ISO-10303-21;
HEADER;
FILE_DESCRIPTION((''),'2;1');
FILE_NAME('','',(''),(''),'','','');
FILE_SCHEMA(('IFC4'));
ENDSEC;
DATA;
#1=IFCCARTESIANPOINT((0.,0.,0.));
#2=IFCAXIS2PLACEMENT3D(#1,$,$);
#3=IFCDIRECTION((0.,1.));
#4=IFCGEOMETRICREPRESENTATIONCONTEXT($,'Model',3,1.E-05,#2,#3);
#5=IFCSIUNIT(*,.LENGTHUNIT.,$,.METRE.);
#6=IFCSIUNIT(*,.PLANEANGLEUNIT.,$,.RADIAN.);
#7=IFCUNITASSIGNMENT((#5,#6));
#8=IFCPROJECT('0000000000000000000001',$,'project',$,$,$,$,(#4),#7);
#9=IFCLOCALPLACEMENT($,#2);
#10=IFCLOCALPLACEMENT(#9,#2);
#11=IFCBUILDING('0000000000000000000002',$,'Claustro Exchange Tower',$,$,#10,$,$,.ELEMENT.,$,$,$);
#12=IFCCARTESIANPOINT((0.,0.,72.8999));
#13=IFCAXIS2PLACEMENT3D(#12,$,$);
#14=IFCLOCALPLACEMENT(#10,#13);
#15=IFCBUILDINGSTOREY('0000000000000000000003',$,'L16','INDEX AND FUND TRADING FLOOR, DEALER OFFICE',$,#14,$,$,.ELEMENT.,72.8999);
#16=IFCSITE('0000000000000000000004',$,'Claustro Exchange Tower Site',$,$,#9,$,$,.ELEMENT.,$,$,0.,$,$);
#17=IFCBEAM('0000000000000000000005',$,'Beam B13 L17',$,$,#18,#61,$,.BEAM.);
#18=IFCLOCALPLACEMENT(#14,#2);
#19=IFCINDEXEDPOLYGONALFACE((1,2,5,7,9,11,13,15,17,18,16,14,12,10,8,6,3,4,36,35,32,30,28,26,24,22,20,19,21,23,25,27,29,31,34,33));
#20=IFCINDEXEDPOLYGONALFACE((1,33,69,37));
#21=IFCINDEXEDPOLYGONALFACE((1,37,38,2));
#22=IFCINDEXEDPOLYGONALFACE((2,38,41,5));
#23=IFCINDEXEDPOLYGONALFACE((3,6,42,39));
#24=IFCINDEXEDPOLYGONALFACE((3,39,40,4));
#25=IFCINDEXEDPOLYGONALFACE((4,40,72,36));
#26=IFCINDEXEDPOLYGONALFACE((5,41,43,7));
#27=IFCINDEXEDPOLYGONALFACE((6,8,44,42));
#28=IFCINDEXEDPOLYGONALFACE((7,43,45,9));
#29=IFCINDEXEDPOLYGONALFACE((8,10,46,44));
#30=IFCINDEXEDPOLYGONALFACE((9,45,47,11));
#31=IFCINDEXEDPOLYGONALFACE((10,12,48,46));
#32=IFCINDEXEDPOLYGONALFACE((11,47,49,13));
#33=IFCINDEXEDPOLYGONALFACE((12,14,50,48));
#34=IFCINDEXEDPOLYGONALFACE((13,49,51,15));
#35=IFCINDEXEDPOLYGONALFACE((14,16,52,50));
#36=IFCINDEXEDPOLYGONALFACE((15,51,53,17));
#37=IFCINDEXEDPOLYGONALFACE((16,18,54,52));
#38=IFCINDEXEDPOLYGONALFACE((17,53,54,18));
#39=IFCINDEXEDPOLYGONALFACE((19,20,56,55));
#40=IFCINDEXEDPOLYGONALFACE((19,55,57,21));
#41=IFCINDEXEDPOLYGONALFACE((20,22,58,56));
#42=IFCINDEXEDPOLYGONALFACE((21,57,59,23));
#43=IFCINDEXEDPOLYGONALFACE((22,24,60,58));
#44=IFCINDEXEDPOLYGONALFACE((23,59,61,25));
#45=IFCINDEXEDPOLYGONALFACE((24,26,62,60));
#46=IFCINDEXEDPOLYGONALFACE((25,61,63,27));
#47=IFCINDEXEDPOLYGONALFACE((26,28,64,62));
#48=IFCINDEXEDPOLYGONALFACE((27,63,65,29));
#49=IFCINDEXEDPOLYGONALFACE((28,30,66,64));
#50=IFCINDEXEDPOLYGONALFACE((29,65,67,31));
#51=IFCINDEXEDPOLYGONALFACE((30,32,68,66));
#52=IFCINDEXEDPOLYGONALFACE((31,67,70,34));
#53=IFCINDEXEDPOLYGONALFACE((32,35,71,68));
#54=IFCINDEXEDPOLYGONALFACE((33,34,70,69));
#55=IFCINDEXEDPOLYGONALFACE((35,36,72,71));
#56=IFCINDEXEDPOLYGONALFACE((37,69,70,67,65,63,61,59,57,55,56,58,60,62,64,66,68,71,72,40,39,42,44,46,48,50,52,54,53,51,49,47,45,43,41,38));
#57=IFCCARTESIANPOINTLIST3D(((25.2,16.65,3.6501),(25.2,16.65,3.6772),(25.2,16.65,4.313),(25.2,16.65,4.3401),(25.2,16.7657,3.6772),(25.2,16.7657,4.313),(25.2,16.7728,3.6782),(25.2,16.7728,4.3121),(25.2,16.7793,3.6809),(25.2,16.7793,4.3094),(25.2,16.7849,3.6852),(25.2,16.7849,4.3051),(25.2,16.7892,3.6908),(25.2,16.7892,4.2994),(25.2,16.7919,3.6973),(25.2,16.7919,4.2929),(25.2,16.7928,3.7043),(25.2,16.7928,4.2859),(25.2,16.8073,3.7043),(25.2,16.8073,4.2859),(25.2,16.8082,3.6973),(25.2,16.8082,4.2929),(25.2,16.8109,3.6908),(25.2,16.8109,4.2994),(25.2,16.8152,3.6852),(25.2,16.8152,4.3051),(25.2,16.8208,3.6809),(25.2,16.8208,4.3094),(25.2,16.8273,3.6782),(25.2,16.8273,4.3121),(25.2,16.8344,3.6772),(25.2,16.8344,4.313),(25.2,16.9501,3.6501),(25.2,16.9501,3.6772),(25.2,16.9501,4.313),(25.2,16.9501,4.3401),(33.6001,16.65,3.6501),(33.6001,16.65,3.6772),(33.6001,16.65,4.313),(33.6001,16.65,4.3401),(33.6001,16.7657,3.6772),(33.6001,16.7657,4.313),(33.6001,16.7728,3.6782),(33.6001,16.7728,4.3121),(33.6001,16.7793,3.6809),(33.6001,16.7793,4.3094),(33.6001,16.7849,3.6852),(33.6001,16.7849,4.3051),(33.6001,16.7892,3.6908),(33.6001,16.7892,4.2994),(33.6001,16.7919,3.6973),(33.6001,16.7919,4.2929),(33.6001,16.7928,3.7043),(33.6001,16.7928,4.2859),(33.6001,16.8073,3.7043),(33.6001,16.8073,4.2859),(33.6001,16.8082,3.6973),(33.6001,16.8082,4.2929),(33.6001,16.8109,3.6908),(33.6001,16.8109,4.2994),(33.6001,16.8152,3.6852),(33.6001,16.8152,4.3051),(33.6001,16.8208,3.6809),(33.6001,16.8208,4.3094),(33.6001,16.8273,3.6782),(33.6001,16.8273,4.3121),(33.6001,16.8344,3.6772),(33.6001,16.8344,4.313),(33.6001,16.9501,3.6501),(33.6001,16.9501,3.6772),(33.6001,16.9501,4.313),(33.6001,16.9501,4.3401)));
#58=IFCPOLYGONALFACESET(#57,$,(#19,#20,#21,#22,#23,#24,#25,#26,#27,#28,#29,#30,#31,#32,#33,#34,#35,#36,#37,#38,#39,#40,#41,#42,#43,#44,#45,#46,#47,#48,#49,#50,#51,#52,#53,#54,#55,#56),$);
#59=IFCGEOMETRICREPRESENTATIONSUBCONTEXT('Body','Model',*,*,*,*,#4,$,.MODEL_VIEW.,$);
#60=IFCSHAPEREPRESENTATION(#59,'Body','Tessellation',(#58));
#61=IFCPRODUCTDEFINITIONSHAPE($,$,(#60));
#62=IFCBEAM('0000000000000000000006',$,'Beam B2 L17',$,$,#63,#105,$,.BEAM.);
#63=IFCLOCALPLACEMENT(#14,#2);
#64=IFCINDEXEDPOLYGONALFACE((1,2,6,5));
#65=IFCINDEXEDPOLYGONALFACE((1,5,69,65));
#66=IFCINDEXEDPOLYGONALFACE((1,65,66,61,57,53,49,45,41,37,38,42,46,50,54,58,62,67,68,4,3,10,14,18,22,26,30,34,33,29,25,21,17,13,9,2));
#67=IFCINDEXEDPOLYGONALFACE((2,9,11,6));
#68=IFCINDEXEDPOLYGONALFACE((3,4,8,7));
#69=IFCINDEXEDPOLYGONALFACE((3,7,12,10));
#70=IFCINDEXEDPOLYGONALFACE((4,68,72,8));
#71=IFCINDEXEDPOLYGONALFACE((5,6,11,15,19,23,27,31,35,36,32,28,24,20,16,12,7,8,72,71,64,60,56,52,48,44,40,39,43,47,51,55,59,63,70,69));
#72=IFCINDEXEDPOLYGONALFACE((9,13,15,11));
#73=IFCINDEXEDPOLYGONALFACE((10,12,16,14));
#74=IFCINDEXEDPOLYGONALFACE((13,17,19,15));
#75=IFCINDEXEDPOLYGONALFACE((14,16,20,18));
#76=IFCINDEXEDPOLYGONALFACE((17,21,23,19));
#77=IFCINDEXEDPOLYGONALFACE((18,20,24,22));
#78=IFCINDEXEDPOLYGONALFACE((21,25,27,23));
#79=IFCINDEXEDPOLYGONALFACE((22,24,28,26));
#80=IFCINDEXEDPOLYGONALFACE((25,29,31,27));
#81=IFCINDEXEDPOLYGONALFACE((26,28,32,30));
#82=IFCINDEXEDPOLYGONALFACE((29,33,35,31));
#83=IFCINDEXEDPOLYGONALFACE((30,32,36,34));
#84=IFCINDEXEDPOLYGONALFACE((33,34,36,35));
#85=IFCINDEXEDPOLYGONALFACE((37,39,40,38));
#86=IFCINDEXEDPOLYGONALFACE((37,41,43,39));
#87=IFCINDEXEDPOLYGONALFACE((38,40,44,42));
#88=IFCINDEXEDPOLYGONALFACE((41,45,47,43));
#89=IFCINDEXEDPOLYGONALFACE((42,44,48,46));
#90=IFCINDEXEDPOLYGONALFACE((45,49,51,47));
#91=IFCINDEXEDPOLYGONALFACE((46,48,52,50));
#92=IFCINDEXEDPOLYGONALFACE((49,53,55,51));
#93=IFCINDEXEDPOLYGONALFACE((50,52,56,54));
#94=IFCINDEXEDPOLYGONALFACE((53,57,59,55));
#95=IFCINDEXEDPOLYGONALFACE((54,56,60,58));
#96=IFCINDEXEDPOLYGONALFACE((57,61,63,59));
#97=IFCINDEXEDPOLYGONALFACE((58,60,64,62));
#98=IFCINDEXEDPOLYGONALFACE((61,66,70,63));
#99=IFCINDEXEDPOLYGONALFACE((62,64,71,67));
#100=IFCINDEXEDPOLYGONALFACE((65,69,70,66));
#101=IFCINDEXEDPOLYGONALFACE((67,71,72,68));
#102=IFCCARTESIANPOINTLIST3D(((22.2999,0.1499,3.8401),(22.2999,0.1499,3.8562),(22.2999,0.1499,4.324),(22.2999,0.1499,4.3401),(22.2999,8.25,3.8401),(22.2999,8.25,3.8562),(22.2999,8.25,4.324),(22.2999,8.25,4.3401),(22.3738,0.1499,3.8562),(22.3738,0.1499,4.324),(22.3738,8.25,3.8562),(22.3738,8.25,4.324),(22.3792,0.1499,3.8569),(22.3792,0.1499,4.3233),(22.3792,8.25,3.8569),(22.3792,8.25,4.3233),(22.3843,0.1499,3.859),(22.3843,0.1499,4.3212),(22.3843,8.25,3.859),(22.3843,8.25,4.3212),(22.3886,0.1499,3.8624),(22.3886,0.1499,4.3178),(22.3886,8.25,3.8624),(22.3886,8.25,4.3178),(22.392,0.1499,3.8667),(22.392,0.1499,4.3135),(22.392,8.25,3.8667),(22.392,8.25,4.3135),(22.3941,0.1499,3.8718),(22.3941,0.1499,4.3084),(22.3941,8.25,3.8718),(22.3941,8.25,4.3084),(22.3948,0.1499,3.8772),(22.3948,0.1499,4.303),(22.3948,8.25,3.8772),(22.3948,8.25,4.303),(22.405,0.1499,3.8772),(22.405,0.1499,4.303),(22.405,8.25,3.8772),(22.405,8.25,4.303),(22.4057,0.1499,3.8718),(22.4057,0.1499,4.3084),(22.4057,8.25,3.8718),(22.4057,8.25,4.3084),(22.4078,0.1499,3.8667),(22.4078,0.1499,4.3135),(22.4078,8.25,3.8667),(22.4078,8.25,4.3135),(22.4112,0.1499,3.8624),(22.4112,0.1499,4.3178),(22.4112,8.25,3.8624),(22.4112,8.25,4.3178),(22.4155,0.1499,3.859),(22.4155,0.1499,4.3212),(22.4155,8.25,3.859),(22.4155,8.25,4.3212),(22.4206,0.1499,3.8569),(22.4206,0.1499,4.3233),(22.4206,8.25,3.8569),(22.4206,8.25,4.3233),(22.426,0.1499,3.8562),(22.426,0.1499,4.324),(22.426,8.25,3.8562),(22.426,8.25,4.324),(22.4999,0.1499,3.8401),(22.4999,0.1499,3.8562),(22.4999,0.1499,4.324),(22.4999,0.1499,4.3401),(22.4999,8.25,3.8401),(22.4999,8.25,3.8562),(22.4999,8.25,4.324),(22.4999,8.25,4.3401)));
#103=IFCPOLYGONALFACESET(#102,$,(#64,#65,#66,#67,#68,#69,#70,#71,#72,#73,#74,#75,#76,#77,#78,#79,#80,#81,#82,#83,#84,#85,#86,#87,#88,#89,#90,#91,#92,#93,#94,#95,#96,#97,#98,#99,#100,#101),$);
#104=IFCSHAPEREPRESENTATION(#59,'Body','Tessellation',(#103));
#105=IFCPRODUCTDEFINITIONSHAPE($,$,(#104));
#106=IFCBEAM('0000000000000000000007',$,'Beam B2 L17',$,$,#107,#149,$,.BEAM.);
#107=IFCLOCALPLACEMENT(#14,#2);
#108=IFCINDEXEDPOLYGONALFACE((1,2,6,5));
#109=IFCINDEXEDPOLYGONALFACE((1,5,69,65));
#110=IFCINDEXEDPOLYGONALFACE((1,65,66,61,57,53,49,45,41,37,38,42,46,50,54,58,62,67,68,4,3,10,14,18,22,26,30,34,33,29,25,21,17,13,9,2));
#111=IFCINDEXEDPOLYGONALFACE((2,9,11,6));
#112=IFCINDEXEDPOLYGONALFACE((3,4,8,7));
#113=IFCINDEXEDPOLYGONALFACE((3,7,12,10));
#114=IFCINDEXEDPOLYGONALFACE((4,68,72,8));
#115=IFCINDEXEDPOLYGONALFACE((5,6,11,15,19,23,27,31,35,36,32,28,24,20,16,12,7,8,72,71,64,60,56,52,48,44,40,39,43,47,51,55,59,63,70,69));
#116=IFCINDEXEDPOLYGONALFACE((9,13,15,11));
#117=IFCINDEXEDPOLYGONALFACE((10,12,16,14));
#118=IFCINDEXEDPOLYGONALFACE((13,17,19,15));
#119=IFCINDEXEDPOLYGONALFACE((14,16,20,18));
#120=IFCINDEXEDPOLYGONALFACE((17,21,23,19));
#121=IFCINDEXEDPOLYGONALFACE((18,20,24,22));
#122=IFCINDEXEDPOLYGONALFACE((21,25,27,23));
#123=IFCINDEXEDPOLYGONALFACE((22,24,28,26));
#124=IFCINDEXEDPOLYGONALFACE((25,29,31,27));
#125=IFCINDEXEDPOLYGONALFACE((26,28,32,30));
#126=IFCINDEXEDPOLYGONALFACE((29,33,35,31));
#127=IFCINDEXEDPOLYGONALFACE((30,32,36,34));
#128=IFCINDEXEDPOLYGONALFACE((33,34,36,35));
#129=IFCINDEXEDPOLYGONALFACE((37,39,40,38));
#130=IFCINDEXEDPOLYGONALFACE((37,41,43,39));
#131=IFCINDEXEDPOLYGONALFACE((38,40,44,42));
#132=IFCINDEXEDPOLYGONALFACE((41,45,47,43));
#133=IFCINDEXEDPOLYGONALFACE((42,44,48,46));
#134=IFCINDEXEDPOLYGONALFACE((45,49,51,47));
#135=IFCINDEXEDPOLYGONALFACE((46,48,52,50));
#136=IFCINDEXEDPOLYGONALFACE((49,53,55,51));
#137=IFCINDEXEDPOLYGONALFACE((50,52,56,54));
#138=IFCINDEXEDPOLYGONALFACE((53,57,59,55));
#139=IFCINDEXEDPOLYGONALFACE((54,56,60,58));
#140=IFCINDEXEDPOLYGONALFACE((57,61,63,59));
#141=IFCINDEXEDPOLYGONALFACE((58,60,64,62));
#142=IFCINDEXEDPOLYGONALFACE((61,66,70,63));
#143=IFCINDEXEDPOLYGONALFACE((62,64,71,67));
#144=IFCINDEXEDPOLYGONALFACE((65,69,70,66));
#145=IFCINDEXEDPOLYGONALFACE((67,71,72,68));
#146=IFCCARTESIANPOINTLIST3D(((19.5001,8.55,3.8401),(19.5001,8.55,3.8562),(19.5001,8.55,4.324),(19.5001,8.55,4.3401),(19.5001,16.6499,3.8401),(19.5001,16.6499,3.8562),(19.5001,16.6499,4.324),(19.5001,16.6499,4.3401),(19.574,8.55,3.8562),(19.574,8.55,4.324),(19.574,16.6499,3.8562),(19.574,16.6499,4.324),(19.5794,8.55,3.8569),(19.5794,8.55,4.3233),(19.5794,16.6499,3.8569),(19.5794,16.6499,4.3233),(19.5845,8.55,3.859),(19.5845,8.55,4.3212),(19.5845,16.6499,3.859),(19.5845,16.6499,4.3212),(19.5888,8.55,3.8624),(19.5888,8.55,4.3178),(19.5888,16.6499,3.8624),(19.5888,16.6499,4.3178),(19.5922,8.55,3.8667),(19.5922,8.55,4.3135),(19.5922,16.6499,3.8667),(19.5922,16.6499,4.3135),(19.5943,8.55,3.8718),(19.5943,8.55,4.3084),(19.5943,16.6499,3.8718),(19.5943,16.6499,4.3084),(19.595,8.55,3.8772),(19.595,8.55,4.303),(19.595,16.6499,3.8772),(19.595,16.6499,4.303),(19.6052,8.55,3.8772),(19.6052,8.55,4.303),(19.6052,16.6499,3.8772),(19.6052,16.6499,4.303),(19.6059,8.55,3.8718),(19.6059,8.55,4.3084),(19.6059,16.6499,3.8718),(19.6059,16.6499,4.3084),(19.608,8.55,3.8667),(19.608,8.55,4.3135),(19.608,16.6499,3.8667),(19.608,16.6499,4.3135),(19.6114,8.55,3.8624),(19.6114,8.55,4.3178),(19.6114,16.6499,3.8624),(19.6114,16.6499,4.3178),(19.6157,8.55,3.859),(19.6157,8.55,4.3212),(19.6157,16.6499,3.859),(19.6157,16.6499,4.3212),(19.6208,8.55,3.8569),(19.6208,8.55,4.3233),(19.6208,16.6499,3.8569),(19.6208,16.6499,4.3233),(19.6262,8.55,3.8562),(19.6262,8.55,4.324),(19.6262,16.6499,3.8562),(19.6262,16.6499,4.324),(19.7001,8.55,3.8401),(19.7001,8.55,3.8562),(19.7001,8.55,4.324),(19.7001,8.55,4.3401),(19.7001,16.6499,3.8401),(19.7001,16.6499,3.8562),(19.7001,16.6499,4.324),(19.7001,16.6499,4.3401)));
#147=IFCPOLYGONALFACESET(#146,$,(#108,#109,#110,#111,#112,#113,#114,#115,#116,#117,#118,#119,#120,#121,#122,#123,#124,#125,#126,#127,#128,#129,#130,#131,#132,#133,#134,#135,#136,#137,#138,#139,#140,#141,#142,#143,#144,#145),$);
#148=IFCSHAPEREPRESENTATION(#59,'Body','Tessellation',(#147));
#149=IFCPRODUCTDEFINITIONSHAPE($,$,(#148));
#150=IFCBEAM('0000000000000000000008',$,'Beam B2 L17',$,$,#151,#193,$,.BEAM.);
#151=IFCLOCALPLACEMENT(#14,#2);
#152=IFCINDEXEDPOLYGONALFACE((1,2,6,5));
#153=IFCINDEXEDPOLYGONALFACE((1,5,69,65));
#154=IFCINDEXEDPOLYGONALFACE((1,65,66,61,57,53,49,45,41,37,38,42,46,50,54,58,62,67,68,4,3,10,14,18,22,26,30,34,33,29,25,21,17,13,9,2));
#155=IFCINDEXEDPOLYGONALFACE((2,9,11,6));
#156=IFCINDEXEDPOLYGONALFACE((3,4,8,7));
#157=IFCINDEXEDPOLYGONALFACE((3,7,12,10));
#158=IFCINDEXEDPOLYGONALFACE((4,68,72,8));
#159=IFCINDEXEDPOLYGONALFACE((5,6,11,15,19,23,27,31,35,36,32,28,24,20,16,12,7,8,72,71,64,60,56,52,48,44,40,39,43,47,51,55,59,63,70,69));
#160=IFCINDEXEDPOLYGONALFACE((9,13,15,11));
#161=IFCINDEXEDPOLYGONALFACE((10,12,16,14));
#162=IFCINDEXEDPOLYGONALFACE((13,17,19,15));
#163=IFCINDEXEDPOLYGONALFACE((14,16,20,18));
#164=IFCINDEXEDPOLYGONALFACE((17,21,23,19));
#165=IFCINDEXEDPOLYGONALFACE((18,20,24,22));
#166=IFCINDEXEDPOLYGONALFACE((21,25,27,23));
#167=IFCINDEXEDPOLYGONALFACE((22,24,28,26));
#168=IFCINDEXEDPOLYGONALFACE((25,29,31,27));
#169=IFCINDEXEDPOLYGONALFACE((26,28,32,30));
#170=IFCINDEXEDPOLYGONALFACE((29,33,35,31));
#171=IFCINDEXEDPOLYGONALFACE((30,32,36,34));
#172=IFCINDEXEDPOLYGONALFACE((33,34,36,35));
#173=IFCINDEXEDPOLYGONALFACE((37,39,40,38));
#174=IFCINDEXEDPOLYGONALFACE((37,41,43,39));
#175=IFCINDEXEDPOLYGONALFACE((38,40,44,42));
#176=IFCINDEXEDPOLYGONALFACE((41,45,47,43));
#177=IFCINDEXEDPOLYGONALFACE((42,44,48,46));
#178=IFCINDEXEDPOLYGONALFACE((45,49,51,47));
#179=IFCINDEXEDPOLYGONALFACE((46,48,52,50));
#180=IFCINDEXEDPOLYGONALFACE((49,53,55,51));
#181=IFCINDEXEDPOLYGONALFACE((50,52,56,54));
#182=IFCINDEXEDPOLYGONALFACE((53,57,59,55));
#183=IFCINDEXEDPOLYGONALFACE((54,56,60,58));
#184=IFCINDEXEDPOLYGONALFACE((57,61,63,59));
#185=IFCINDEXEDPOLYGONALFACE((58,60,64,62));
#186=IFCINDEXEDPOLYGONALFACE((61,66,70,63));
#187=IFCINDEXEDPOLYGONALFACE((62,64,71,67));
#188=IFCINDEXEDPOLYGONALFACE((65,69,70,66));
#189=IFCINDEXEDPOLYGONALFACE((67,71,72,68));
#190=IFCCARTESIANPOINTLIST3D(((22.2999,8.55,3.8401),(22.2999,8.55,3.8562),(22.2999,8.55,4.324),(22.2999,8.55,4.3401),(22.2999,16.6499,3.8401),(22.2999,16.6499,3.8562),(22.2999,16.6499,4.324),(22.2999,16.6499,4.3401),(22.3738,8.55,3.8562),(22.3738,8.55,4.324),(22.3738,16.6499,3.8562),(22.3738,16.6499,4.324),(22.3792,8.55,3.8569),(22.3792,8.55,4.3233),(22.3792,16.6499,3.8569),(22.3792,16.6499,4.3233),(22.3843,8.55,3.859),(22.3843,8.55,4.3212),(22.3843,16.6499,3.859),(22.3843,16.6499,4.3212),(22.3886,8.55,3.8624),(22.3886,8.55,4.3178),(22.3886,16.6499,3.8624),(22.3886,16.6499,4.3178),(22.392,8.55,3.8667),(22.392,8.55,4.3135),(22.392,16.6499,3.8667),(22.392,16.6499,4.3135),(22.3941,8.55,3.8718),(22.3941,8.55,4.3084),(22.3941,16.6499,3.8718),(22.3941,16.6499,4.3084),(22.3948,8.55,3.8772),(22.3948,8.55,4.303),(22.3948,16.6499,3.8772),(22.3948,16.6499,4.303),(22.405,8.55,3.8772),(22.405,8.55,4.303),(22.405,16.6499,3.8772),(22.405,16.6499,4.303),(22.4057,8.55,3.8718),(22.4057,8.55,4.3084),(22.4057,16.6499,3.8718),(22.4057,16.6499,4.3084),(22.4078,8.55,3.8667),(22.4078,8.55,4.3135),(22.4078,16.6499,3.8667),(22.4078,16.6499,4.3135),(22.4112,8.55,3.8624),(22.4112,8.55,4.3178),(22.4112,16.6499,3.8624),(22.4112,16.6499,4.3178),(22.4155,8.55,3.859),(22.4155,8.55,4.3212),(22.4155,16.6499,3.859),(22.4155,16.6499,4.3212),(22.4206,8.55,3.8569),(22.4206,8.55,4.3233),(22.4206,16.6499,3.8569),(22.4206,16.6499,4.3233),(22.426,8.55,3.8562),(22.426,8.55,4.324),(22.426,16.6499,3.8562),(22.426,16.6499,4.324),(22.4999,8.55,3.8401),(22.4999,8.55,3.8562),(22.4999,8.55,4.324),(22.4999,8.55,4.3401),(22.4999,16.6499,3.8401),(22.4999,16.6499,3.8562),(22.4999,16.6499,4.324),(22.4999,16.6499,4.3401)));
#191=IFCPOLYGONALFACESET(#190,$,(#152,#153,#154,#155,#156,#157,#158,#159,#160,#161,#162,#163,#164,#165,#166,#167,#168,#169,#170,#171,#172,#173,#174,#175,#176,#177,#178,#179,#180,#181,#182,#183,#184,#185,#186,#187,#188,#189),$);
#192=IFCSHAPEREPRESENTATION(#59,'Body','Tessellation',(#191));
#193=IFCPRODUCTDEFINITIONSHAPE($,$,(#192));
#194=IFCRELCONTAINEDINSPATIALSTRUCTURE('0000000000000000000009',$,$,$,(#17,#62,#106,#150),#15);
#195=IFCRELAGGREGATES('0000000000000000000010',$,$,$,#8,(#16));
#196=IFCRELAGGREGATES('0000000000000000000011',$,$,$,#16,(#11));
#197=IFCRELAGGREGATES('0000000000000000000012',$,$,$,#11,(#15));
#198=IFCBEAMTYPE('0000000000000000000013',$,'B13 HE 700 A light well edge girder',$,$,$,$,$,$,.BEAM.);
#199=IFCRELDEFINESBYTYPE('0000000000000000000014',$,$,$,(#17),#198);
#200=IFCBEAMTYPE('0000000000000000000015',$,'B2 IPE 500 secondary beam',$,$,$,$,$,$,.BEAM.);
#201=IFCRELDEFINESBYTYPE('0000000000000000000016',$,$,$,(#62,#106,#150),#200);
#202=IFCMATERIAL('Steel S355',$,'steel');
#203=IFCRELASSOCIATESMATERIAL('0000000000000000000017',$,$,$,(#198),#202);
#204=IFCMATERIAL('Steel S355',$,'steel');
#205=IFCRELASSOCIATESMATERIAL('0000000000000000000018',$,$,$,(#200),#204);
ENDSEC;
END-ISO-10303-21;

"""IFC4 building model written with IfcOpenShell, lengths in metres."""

from ifc_helpers import new_model, si_unit, direction, frame, origin, origin_2d, place, context, subcontext, project, spatial, i_section, extrude, material, material_profile, profile_set, type_object, element, save


model = new_model("IFC4")

# Units and contexts
model_context = context("Model", 3, precision=1e-05, world=origin(), true_north=direction((0.0, 1.0)))
body_context = subcontext(model_context, "Body", "Model", "MODEL_VIEW")
ifc_project = project(units=[si_unit("LENGTHUNIT", "METRE"), si_unit("PLANEANGLEUNIT", "RADIAN")], contexts=[model_context])

# Site, building, storey
site_placement = place(None, origin())
site = spatial("IfcSite", under=ifc_project, at=site_placement, Name="Claustro Exchange Tower Site", CompositionType="ELEMENT", RefElevation=0.0)
building_placement = place(site_placement, origin())
building = spatial("IfcBuilding", under=site, at=building_placement, Name="Claustro Exchange Tower", CompositionType="ELEMENT")
storey_placement = place(building_placement, frame((0.0, 0.0, 72.8999)))
storey = spatial("IfcBuildingStorey", under=building, at=storey_placement, Name="L16", Description="INDEX AND FUND TRADING FLOOR, DEALER OFFICE", CompositionType="ELEMENT", Elevation=72.8999)

# Beams
ifc_material_1 = material(Name="Steel S355", Category="steel")
ifc_material_profile_1 = material_profile(ifc_material_1, i_section(OverallWidth=0.3, OverallDepth=0.6899, WebThickness=0.0144, FlangeThickness=0.0271, FilletRadius=0.0271, at=origin_2d()), Name="HE 700 A")
ifc_profile_set_1 = profile_set([ifc_material_profile_1], Name="Steel S355")
beam_type_1 = type_object("IfcBeamType", Name="B13 HE 700 A light well edge girder", PredefinedType="BEAM", material=ifc_profile_set_1)
beam_1_placement = place(storey_placement, frame((25.2, 16.8, 3.9951), z_axis=(1.0, 0.0, 0.0), x_axis=(0.0, 1.0, 0.0)))
element("IfcBeam", 1, at=beam_1_placement, inside=storey, type_object=beam_type_1, Name="Beam B13 L17", PredefinedType="BEAM", context=body_context, shape_type="SweptSolid", body=[
    extrude(i_section(OverallWidth=0.3, OverallDepth=0.6899, WebThickness=0.0144, FlangeThickness=0.0271, FilletRadius=0.0271, at=origin_2d()), origin(), (0.0, 0.0, 1.0), 8.4001),
])
ifc_material_2 = material(Name="Steel S355", Category="steel")
ifc_material_profile_2 = material_profile(ifc_material_2, i_section(OverallWidth=0.2, OverallDepth=0.5, WebThickness=0.0103, FlangeThickness=0.0161, FilletRadius=0.021, at=origin_2d()), Name="IPE 500")
ifc_profile_set_2 = profile_set([ifc_material_profile_2], Name="Steel S355")
beam_type_2 = type_object("IfcBeamType", Name="B2 IPE 500 secondary beam", PredefinedType="BEAM", material=ifc_profile_set_2)
beam_2_placement = place(storey_placement, frame((22.3999, 0.1499, 4.0901), z_axis=(0.0, 1.0, 0.0), x_axis=(-1.0, 0.0, 0.0)))
element("IfcBeam", 2, at=beam_2_placement, inside=storey, type_object=beam_type_2, Name="Beam B2 L17", PredefinedType="BEAM", context=body_context, shape_type="SweptSolid", body=[
    extrude(i_section(OverallWidth=0.2, OverallDepth=0.5, WebThickness=0.0103, FlangeThickness=0.0161, FilletRadius=0.021, at=origin_2d()), origin(), (0.0, 0.0, 1.0), 8.1001),
])
for number, where, z_axis, x_axis, name in (
    (3, (19.6001, 8.55, 4.0901), (0.0, 1.0, 0.0), (-1.0, 0.0, 0.0), "Beam B2 L17"),
    (4, (22.3999, 8.55, 4.0901), (0.0, 1.0, 0.0), (-1.0, 0.0, 0.0), "Beam B2 L17"),
):
    element("IfcBeam", number, at=place(storey_placement, frame(where, z_axis=z_axis, x_axis=x_axis)), inside=storey, type_object=beam_type_2, Name=name, PredefinedType="BEAM", context=body_context, shape_type="SweptSolid", body=[
        extrude(i_section(OverallWidth=0.2, OverallDepth=0.5, WebThickness=0.0103, FlangeThickness=0.0161, FilletRadius=0.021, at=origin_2d()), origin(), (0.0, 0.0, 1.0), 8.0999),
    ])

save(model, "model.ifc")
